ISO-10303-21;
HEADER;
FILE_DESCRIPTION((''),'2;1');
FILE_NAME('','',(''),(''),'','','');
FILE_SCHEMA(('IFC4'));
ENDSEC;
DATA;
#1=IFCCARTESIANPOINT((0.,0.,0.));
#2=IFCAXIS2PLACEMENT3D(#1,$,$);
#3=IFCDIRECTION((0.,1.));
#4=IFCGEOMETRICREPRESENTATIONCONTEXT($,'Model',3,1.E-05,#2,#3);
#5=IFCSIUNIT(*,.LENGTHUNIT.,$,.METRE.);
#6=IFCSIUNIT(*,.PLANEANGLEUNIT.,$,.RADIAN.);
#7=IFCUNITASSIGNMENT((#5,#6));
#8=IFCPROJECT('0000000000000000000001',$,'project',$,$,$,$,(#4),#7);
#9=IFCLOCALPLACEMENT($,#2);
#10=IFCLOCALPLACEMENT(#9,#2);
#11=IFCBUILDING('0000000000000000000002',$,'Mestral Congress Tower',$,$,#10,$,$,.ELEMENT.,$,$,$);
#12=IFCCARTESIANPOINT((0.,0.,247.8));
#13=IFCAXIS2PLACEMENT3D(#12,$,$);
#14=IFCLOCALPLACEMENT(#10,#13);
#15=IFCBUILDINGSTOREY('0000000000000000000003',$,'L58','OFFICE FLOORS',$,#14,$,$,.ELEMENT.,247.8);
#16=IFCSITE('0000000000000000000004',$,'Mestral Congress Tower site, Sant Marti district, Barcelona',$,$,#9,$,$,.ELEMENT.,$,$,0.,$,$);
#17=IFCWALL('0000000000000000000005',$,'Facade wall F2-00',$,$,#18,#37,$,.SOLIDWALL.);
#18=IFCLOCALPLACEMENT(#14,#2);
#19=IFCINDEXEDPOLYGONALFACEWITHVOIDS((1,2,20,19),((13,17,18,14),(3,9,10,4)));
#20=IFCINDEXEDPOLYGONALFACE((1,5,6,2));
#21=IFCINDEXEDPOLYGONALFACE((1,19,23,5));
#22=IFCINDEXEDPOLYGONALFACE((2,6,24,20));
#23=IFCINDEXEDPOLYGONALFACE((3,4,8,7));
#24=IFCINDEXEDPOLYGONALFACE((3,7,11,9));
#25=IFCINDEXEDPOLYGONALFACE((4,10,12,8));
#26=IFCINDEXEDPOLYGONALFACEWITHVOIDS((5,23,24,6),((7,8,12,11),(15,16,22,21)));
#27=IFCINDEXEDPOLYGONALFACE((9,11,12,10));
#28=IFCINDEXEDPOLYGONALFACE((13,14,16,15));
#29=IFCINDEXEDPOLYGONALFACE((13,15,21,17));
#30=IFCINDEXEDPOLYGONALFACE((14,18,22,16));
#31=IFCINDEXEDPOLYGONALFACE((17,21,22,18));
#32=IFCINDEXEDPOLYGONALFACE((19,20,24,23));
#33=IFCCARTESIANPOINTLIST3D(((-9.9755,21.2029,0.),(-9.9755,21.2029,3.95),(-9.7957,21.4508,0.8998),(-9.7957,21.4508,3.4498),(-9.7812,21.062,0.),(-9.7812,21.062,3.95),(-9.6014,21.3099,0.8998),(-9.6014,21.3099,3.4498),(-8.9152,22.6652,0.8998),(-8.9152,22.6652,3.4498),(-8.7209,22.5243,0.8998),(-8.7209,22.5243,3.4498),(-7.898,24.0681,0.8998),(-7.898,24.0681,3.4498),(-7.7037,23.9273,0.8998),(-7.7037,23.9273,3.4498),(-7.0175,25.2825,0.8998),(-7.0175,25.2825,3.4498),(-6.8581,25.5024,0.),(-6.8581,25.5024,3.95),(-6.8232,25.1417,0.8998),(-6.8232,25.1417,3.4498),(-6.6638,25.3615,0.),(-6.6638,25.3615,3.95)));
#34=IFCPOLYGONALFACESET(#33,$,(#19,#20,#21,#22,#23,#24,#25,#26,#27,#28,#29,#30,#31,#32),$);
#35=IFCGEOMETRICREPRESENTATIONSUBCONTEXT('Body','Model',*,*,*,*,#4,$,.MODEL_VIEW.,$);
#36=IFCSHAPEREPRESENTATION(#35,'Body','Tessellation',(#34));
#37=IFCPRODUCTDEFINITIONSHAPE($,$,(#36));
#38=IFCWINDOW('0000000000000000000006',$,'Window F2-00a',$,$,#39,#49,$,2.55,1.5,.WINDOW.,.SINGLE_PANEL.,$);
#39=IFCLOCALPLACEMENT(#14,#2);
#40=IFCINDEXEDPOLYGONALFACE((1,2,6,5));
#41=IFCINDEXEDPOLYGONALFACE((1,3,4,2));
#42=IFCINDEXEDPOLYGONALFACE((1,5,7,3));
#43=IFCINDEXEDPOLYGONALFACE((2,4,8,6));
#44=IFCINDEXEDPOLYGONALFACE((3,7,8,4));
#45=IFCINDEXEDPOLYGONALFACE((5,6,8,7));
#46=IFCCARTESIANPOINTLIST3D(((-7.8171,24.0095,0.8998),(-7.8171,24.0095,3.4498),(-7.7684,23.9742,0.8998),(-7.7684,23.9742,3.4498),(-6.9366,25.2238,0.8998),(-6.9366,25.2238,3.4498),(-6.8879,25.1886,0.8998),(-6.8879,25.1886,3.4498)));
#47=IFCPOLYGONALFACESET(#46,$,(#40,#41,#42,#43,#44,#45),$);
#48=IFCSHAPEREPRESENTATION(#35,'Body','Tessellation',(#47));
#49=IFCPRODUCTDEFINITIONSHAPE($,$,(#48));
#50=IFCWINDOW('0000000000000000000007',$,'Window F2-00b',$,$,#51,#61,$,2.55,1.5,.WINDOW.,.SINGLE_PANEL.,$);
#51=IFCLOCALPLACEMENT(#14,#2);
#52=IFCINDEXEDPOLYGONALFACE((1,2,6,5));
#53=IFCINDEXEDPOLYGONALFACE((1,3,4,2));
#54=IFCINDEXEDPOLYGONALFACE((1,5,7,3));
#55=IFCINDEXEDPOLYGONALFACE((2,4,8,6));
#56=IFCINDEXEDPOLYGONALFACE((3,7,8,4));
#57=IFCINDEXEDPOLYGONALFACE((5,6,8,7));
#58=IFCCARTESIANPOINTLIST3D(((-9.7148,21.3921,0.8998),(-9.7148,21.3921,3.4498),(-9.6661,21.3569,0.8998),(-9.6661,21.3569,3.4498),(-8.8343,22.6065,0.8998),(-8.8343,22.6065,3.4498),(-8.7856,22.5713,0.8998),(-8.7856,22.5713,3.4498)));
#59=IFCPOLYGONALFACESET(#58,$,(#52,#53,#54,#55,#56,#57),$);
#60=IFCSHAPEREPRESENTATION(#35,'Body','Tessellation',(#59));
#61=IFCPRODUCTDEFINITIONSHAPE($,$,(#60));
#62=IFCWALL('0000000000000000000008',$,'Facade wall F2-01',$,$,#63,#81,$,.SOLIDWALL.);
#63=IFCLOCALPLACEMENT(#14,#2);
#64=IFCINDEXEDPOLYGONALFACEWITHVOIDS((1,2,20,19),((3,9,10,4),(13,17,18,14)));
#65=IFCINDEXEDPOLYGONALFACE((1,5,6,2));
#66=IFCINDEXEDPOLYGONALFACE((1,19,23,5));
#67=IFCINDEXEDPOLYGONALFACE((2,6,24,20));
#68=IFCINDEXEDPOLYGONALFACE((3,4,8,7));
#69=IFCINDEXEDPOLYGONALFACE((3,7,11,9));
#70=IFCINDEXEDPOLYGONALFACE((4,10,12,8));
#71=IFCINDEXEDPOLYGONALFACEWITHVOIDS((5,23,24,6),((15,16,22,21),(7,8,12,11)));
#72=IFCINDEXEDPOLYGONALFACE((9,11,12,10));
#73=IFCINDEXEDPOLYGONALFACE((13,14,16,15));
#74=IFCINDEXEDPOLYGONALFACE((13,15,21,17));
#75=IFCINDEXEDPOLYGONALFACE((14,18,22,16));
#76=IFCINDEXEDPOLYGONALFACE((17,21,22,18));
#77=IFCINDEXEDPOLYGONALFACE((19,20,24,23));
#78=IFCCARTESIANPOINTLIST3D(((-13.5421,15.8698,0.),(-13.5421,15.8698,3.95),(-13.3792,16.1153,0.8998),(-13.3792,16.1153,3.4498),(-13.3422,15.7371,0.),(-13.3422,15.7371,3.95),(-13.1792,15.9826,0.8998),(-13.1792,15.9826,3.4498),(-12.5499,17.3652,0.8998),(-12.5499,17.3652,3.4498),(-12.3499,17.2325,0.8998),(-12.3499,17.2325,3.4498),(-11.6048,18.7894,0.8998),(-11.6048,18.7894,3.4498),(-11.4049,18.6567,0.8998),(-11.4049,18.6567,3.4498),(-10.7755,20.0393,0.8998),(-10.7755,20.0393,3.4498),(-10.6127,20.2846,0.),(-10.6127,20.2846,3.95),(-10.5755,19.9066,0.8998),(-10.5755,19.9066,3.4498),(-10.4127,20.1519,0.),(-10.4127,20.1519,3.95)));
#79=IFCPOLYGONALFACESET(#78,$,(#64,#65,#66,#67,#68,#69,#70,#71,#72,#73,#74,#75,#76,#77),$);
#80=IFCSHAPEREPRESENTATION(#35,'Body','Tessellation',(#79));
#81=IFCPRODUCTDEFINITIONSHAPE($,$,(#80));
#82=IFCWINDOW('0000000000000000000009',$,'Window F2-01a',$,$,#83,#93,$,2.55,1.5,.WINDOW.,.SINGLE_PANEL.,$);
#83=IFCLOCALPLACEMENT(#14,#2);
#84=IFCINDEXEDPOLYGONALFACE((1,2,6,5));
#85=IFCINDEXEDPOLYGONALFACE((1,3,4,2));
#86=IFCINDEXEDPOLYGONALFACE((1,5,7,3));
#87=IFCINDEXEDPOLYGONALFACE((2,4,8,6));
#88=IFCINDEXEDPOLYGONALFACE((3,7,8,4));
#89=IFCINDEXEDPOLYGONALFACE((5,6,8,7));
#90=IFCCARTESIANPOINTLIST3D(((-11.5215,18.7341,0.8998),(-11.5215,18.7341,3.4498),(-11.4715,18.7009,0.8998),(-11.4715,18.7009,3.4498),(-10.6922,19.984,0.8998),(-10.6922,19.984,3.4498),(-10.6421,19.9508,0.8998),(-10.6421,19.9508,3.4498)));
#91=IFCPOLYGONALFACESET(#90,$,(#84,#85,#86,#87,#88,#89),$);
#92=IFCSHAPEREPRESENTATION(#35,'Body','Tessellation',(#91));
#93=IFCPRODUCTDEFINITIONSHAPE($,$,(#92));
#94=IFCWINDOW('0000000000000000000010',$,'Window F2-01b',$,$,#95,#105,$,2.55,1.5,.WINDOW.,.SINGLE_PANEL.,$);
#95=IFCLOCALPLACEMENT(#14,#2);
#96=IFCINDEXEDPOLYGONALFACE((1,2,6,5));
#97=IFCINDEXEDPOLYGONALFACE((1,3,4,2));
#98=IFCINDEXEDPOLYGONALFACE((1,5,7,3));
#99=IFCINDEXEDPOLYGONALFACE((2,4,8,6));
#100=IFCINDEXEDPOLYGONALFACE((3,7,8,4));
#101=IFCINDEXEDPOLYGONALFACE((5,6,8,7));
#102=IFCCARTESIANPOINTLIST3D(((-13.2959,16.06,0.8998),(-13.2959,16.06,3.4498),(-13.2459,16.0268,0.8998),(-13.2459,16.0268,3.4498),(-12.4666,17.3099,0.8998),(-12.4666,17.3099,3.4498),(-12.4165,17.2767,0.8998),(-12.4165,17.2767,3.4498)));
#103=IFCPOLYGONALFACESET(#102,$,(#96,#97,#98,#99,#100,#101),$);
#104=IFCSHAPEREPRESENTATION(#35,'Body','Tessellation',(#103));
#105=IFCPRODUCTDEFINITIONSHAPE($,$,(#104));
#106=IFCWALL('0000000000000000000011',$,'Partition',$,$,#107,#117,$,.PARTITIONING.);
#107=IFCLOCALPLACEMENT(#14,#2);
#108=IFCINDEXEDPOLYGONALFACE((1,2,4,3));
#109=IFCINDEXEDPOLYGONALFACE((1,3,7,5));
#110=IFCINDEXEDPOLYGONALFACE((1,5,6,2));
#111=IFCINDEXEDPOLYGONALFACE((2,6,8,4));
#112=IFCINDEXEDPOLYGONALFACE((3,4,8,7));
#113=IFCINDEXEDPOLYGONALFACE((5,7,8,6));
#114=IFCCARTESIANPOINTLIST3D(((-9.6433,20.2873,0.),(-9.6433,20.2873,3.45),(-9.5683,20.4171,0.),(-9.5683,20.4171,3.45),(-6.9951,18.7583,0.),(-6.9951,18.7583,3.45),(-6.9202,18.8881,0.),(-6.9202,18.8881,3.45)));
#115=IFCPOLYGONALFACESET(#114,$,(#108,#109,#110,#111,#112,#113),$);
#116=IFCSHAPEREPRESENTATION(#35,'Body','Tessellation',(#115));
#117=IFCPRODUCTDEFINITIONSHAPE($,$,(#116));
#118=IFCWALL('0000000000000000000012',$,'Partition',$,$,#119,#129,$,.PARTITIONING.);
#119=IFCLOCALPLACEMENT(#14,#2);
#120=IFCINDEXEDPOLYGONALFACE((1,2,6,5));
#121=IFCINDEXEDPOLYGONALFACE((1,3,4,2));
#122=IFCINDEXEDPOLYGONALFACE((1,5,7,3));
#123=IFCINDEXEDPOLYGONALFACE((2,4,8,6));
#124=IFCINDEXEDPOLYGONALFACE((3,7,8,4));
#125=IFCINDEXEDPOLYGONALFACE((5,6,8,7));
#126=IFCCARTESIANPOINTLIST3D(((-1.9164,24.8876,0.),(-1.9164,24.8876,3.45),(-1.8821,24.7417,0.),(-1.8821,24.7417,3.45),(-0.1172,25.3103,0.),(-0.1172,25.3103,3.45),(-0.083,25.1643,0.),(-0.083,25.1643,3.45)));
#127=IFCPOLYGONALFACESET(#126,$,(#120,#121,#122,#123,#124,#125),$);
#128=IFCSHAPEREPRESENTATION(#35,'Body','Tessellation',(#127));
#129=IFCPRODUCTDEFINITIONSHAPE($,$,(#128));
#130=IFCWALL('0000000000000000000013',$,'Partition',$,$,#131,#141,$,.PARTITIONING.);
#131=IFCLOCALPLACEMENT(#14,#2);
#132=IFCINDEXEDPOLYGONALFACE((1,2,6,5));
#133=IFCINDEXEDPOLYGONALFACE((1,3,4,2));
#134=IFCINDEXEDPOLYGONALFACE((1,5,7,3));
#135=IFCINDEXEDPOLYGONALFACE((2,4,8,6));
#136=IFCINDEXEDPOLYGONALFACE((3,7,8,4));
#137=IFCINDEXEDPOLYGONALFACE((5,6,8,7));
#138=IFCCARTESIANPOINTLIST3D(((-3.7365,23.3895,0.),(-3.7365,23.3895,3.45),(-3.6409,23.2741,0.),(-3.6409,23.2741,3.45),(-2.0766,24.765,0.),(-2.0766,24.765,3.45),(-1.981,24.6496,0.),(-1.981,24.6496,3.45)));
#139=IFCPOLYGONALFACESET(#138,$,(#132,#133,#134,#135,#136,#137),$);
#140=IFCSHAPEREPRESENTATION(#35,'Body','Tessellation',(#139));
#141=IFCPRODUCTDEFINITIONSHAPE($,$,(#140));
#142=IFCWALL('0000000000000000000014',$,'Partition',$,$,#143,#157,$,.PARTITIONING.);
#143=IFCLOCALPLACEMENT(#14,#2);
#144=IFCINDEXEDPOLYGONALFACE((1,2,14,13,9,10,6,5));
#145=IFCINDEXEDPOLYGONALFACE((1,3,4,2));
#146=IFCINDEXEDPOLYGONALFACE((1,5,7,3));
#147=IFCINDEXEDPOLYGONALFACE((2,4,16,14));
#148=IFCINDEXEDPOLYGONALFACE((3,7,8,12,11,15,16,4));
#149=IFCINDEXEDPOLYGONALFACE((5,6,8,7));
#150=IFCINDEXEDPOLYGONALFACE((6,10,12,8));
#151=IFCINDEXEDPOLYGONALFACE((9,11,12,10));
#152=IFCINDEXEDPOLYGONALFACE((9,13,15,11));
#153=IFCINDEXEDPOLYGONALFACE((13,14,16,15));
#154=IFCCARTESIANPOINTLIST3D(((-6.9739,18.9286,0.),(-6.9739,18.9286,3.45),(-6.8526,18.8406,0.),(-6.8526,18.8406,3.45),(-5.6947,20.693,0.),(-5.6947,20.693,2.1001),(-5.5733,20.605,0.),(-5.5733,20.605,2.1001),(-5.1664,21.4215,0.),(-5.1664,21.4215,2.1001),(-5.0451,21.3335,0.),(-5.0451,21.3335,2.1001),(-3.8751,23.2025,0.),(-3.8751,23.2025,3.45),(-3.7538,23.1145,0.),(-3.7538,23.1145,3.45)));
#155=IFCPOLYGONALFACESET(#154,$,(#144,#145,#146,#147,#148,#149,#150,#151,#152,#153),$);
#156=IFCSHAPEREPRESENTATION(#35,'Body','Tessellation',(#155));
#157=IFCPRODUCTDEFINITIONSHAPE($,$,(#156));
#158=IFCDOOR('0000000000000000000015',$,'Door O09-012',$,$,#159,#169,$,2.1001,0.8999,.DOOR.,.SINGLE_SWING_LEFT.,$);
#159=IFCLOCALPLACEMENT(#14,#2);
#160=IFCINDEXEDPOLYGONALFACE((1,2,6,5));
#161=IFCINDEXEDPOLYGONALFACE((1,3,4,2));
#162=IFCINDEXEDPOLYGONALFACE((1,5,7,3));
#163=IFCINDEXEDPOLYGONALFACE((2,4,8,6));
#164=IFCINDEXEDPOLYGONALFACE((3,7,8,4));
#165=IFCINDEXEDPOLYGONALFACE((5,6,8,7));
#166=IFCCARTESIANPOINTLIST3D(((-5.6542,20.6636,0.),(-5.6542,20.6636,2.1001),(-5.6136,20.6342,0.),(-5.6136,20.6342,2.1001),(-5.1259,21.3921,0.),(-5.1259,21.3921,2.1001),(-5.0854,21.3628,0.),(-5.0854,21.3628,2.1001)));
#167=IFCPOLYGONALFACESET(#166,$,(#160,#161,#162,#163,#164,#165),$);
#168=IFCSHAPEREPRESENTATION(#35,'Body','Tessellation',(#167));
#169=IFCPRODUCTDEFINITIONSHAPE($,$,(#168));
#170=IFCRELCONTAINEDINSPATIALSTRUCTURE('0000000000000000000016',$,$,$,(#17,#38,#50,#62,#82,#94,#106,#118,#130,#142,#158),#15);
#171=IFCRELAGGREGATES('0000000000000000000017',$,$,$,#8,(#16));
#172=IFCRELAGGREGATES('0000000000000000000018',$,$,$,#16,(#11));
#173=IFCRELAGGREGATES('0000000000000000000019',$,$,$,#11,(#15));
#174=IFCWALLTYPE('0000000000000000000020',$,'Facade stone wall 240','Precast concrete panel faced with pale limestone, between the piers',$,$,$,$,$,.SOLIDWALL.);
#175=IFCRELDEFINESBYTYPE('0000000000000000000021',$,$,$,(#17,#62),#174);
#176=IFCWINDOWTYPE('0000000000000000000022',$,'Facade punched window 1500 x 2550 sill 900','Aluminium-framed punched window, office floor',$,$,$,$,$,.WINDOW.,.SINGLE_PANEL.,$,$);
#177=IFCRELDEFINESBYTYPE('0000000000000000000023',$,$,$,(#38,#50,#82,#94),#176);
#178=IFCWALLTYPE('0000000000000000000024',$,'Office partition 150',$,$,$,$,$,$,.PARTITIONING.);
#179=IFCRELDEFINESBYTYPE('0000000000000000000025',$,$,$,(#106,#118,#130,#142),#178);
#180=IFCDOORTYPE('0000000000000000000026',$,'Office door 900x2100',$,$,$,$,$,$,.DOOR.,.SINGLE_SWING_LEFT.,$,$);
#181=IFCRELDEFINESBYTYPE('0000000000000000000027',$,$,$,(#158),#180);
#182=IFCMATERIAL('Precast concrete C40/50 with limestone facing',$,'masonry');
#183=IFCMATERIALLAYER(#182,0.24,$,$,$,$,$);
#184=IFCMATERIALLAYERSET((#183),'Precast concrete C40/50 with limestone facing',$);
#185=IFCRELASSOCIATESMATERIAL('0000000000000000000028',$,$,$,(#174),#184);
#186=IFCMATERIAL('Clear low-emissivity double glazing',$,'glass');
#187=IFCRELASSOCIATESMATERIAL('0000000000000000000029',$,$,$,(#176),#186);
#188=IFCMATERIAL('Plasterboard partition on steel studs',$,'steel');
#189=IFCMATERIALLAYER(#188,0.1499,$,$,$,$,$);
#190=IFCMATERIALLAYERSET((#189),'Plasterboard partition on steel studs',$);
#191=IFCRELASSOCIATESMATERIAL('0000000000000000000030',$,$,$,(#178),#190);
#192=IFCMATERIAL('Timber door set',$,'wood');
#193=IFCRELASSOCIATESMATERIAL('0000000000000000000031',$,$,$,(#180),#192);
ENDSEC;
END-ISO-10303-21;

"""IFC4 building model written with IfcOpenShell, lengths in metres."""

from ifc_helpers import new_model, si_unit, direction, frame, frame_2d, origin, place, context, subcontext, project, spatial, rectangle, extrude, material, layer, layer_set, type_object, element, fill, save


model = new_model("IFC4")

# Units and contexts
model_context = context("Model", 3, precision=1e-05, world=origin(), true_north=direction((0.0, 1.0)))
body_context = subcontext(model_context, "Body", "Model", "MODEL_VIEW")
ifc_project = project(units=[si_unit("LENGTHUNIT", "METRE"), si_unit("PLANEANGLEUNIT", "RADIAN")], contexts=[model_context])

# Site, building, storey
site_placement = place(None, origin())
site = spatial("IfcSite", under=ifc_project, at=site_placement, Name="Mestral Congress Tower site, Sant Marti district, Barcelona", CompositionType="ELEMENT", RefElevation=0.0)
building_placement = place(site_placement, origin())
building = spatial("IfcBuilding", under=site, at=building_placement, Name="Mestral Congress Tower", CompositionType="ELEMENT")
storey_placement = place(building_placement, frame((0.0, 0.0, 247.8)))
storey = spatial("IfcBuildingStorey", under=building, at=storey_placement, Name="L58", Description="OFFICE FLOORS", CompositionType="ELEMENT", Elevation=247.8)

# Shared definitions
ifc_material_1 = material(Name="Precast concrete C40/50 with limestone facing", Category="masonry")
ifc_layer_1 = layer(ifc_material_1, 0.24)
ifc_layer_set_1 = layer_set([ifc_layer_1], Name="Precast concrete C40/50 with limestone facing")
wall_type_1 = type_object("IfcWallType", Name="Facade stone wall 240", Description="Precast concrete panel faced with pale limestone, between the piers", PredefinedType="SOLIDWALL", material=ifc_layer_set_1)
ifc_material_2 = material(Name="Clear low-emissivity double glazing", Category="glass")

# Walls, openings, windows
wall_1_placement = place(storey_placement, frame((-6.761, 25.4319, 0.0), z_axis=(0.0, 0.0, 1.0), x_axis=(-0.586998, -0.809588, 0.0)))
wall_1 = element("IfcWall", 1, at=wall_1_placement, inside=storey, type_object=wall_type_1, Name="Facade wall F2-00", PredefinedType="SOLIDWALL", context=body_context, shape_type="SweptSolid", body=[
    extrude(rectangle(XDim=5.3108, YDim=0.24, at=frame_2d((2.6553, 0.0))), origin(), (0.0, 0.0, 1.0), 3.95),
])
opening_1_placement = place(wall_1_placement, frame((0.2715, 0.0, 0.8999)))
opening_1 = element("IfcOpeningElement", 2, at=opening_1_placement, cuts=wall_1, PredefinedType="OPENING", context=body_context, shape_type="SweptSolid", body=[
    extrude(rectangle(XDim=1.5, YDim=2.55, at=frame_2d((0.75, 1.2749))), frame((0.0, 0.1299, 0.0), z_axis=(0.0, -1.0, 0.0), x_axis=(1.0, 0.0, 0.0)), (0.0, 0.0, 1.0), 0.26),
])
opening_2_placement = place(wall_1_placement, frame((3.5044, 0.0, 0.8999)))
opening_2 = element("IfcOpeningElement", 3, at=opening_2_placement, cuts=wall_1, PredefinedType="OPENING", context=body_context, shape_type="SweptSolid", body=[
    extrude(rectangle(XDim=1.5, YDim=2.55, at=frame_2d((0.75, 1.2749))), frame((0.0, 0.1299, 0.0), z_axis=(0.0, -1.0, 0.0), x_axis=(1.0, 0.0, 0.0)), (0.0, 0.0, 1.0), 0.26),
])
window_type_1 = type_object("IfcWindowType", Name="Facade punched window 1500 x 2550 sill 900", Description="Aluminium-framed punched window, office floor", PartitioningType="SINGLE_PANEL", PredefinedType="WINDOW", material=ifc_material_2)
window_1_placement = place(opening_1_placement, origin())
window_1 = element("IfcWindow", 4, at=window_1_placement, inside=storey, type_object=window_type_1, Name="Window F2-00a", OverallHeight=2.55, OverallWidth=1.5, PartitioningType="SINGLE_PANEL", PredefinedType="WINDOW", context=body_context, shape_type="SweptSolid", body=[
    extrude(rectangle(XDim=1.5, YDim=2.55, at=frame_2d((0.75, 1.2749))), frame((0.0, 0.04, 0.0), z_axis=(0.0, -1.0, 0.0), x_axis=(1.0, 0.0, 0.0)), (0.0, 0.0, 1.0), 0.0601),
])
fill(opening_1, window_1)
window_2_placement = place(opening_2_placement, origin())
window_2 = element("IfcWindow", 5, at=window_2_placement, inside=storey, type_object=window_type_1, Name="Window F2-00b", OverallHeight=2.55, OverallWidth=1.5, PartitioningType="SINGLE_PANEL", PredefinedType="WINDOW", context=body_context, shape_type="SweptSolid", body=[
    extrude(rectangle(XDim=1.5, YDim=2.55, at=frame_2d((0.75, 1.2749))), frame((0.0, 0.04, 0.0), z_axis=(0.0, -1.0, 0.0), x_axis=(1.0, 0.0, 0.0)), (0.0, 0.0, 1.0), 0.0601),
])
fill(opening_2, window_2)
wall_2_placement = place(storey_placement, frame((-10.5127, 20.2183, 0.0), z_axis=(0.0, 0.0, 1.0), x_axis=(-0.552902, -0.833246, 0.0)))
wall_2 = element("IfcWall", 6, at=wall_2_placement, inside=storey, type_object=wall_type_1, Name="Facade wall F2-01", PredefinedType="SOLIDWALL", context=body_context, shape_type="SweptSolid", body=[
    extrude(rectangle(XDim=5.2983, YDim=0.24, at=frame_2d((2.6492, 0.0))), origin(), (0.0, 0.0, 1.0), 3.95),
])
opening_3_placement = place(wall_2_placement, frame((0.2944, 0.0, 0.8999)))
opening_3 = element("IfcOpeningElement", 7, at=opening_3_placement, cuts=wall_2, PredefinedType="OPENING", context=body_context, shape_type="SweptSolid", body=[
    extrude(rectangle(XDim=1.5, YDim=2.55, at=frame_2d((0.75, 1.2749))), frame((0.0, 0.1299, 0.0), z_axis=(0.0, -1.0, 0.0), x_axis=(1.0, 0.0, 0.0)), (0.0, 0.0, 1.0), 0.26),
])
opening_4_placement = place(wall_2_placement, frame((3.5037, 0.0, 0.8999)))
opening_4 = element("IfcOpeningElement", 8, at=opening_4_placement, cuts=wall_2, PredefinedType="OPENING", context=body_context, shape_type="SweptSolid", body=[
    extrude(rectangle(XDim=1.5, YDim=2.55, at=frame_2d((0.75, 1.2749))), frame((0.0, 0.1299, 0.0), z_axis=(0.0, -1.0, 0.0), x_axis=(1.0, 0.0, 0.0)), (0.0, 0.0, 1.0), 0.26),
])
window_3_placement = place(opening_3_placement, origin())
window_3 = element("IfcWindow", 9, at=window_3_placement, inside=storey, type_object=window_type_1, Name="Window F2-01a", OverallHeight=2.55, OverallWidth=1.5, PartitioningType="SINGLE_PANEL", PredefinedType="WINDOW", context=body_context, shape_type="SweptSolid", body=[
    extrude(rectangle(XDim=1.5, YDim=2.55, at=frame_2d((0.75, 1.2749))), frame((0.0, 0.04, 0.0), z_axis=(0.0, -1.0, 0.0), x_axis=(1.0, 0.0, 0.0)), (0.0, 0.0, 1.0), 0.0601),
])
fill(opening_3, window_3)
window_4_placement = place(opening_4_placement, origin())
window_4 = element("IfcWindow", 10, at=window_4_placement, inside=storey, type_object=window_type_1, Name="Window F2-01b", OverallHeight=2.55, OverallWidth=1.5, PartitioningType="SINGLE_PANEL", PredefinedType="WINDOW", context=body_context, shape_type="SweptSolid", body=[
    extrude(rectangle(XDim=1.5, YDim=2.55, at=frame_2d((0.75, 1.2749))), frame((0.0, 0.04, 0.0), z_axis=(0.0, -1.0, 0.0), x_axis=(1.0, 0.0, 0.0)), (0.0, 0.0, 1.0), 0.0601),
])
fill(opening_4, window_4)

# Walls
ifc_material_3 = material(Name="Plasterboard partition on steel studs", Category="steel")
ifc_layer_2 = layer(ifc_material_3, 0.1499)
ifc_layer_set_2 = layer_set([ifc_layer_2], Name="Plasterboard partition on steel studs")
wall_type_2 = type_object("IfcWallType", Name="Office partition 150", PredefinedType="PARTITIONING", material=ifc_layer_set_2)
wall_3_placement = place(storey_placement, frame((-6.9578, 18.8232, 0.0), z_axis=(0.0, 0.0, 1.0), x_axis=(-0.866009, 0.500029, 0.0)))
element("IfcWall", 11, at=wall_3_placement, inside=storey, type_object=wall_type_2, Name="Partition", PredefinedType="PARTITIONING", context=body_context, shape_type="SweptSolid", body=[
    extrude(rectangle(XDim=3.0579, YDim=0.1499, at=frame_2d((1.5288, 0.0))), origin(), (0.0, 0.0, 1.0), 3.45),
])
wall_4_placement = place(storey_placement, frame((-0.1001, 25.2373, 0.0), z_axis=(0.0, 0.0, 1.0), x_axis=(-0.973502, -0.228679, 0.0)))
element("IfcWall", 12, at=wall_4_placement, inside=storey, type_object=wall_type_2, Name="Partition", PredefinedType="PARTITIONING", context=body_context, shape_type="SweptSolid", body=[
    extrude(rectangle(XDim=1.8481, YDim=0.1499, at=frame_2d((0.9241, 0.0))), origin(), (0.0, 0.0, 1.0), 3.45),
])
wall_5_placement = place(storey_placement, frame((-2.0288, 24.7073, 0.0), z_axis=(0.0, 0.0, 1.0), x_axis=(-0.769991, -0.638054, 0.0)))
element("IfcWall", 13, at=wall_5_placement, inside=storey, type_object=wall_type_2, Name="Partition", PredefinedType="PARTITIONING", context=body_context, shape_type="SweptSolid", body=[
    extrude(rectangle(XDim=2.1558, YDim=0.1499, at=frame_2d((1.0779, 0.0))), origin(), (0.0, 0.0, 1.0), 3.45),
])

# Wall, opening, door
wall_6_placement = place(storey_placement, frame((-6.9133, 18.8845, 0.0), z_axis=(0.0, 0.0, 1.0), x_axis=(0.587002, 0.809585, 0.0)))
wall_6 = element("IfcWall", 14, at=wall_6_placement, inside=storey, type_object=wall_type_2, Name="Partition", PredefinedType="PARTITIONING", context=body_context, shape_type="SweptSolid", body=[
    extrude(rectangle(XDim=5.2791, YDim=0.1499, at=frame_2d((2.6396, 0.0))), origin(), (0.0, 0.0, 1.0), 3.45),
])
opening_5_placement = place(wall_6_placement, frame((2.1794, 0.0, 0.0)))
opening_5 = element("IfcOpeningElement", 15, at=opening_5_placement, cuts=wall_6, PredefinedType="OPENING", context=body_context, shape_type="SweptSolid", body=[
    extrude(rectangle(XDim=0.8999, YDim=2.1001, at=frame_2d((0.45, 1.05))), frame((0.0, 0.085, 0.0), z_axis=(0.0, -1.0, 0.0), x_axis=(1.0, 0.0, 0.0)), (0.0, 0.0, 1.0), 0.1699),
])
ifc_material_4 = material(Name="Timber door set", Category="wood")
door_type = type_object("IfcDoorType", Name="Office door 900x2100", OperationType="SINGLE_SWING_LEFT", PredefinedType="DOOR", material=ifc_material_4)
door_placement = place(opening_5_placement, origin())
door = element("IfcDoor", 16, at=door_placement, inside=storey, type_object=door_type, Name="Door O09-012", OperationType="SINGLE_SWING_LEFT", OverallHeight=2.1001, OverallWidth=0.8999, PredefinedType="DOOR", context=body_context, shape_type="SweptSolid", body=[
    extrude(rectangle(XDim=0.8999, YDim=2.1001, at=frame_2d((0.45, 1.05))), frame((0.0, 0.0249, 0.0), z_axis=(0.0, -1.0, 0.0), x_axis=(1.0, 0.0, 0.0)), (0.0, 0.0, 1.0), 0.05),
])
fill(opening_5, door)

save(model, "model.ifc")
